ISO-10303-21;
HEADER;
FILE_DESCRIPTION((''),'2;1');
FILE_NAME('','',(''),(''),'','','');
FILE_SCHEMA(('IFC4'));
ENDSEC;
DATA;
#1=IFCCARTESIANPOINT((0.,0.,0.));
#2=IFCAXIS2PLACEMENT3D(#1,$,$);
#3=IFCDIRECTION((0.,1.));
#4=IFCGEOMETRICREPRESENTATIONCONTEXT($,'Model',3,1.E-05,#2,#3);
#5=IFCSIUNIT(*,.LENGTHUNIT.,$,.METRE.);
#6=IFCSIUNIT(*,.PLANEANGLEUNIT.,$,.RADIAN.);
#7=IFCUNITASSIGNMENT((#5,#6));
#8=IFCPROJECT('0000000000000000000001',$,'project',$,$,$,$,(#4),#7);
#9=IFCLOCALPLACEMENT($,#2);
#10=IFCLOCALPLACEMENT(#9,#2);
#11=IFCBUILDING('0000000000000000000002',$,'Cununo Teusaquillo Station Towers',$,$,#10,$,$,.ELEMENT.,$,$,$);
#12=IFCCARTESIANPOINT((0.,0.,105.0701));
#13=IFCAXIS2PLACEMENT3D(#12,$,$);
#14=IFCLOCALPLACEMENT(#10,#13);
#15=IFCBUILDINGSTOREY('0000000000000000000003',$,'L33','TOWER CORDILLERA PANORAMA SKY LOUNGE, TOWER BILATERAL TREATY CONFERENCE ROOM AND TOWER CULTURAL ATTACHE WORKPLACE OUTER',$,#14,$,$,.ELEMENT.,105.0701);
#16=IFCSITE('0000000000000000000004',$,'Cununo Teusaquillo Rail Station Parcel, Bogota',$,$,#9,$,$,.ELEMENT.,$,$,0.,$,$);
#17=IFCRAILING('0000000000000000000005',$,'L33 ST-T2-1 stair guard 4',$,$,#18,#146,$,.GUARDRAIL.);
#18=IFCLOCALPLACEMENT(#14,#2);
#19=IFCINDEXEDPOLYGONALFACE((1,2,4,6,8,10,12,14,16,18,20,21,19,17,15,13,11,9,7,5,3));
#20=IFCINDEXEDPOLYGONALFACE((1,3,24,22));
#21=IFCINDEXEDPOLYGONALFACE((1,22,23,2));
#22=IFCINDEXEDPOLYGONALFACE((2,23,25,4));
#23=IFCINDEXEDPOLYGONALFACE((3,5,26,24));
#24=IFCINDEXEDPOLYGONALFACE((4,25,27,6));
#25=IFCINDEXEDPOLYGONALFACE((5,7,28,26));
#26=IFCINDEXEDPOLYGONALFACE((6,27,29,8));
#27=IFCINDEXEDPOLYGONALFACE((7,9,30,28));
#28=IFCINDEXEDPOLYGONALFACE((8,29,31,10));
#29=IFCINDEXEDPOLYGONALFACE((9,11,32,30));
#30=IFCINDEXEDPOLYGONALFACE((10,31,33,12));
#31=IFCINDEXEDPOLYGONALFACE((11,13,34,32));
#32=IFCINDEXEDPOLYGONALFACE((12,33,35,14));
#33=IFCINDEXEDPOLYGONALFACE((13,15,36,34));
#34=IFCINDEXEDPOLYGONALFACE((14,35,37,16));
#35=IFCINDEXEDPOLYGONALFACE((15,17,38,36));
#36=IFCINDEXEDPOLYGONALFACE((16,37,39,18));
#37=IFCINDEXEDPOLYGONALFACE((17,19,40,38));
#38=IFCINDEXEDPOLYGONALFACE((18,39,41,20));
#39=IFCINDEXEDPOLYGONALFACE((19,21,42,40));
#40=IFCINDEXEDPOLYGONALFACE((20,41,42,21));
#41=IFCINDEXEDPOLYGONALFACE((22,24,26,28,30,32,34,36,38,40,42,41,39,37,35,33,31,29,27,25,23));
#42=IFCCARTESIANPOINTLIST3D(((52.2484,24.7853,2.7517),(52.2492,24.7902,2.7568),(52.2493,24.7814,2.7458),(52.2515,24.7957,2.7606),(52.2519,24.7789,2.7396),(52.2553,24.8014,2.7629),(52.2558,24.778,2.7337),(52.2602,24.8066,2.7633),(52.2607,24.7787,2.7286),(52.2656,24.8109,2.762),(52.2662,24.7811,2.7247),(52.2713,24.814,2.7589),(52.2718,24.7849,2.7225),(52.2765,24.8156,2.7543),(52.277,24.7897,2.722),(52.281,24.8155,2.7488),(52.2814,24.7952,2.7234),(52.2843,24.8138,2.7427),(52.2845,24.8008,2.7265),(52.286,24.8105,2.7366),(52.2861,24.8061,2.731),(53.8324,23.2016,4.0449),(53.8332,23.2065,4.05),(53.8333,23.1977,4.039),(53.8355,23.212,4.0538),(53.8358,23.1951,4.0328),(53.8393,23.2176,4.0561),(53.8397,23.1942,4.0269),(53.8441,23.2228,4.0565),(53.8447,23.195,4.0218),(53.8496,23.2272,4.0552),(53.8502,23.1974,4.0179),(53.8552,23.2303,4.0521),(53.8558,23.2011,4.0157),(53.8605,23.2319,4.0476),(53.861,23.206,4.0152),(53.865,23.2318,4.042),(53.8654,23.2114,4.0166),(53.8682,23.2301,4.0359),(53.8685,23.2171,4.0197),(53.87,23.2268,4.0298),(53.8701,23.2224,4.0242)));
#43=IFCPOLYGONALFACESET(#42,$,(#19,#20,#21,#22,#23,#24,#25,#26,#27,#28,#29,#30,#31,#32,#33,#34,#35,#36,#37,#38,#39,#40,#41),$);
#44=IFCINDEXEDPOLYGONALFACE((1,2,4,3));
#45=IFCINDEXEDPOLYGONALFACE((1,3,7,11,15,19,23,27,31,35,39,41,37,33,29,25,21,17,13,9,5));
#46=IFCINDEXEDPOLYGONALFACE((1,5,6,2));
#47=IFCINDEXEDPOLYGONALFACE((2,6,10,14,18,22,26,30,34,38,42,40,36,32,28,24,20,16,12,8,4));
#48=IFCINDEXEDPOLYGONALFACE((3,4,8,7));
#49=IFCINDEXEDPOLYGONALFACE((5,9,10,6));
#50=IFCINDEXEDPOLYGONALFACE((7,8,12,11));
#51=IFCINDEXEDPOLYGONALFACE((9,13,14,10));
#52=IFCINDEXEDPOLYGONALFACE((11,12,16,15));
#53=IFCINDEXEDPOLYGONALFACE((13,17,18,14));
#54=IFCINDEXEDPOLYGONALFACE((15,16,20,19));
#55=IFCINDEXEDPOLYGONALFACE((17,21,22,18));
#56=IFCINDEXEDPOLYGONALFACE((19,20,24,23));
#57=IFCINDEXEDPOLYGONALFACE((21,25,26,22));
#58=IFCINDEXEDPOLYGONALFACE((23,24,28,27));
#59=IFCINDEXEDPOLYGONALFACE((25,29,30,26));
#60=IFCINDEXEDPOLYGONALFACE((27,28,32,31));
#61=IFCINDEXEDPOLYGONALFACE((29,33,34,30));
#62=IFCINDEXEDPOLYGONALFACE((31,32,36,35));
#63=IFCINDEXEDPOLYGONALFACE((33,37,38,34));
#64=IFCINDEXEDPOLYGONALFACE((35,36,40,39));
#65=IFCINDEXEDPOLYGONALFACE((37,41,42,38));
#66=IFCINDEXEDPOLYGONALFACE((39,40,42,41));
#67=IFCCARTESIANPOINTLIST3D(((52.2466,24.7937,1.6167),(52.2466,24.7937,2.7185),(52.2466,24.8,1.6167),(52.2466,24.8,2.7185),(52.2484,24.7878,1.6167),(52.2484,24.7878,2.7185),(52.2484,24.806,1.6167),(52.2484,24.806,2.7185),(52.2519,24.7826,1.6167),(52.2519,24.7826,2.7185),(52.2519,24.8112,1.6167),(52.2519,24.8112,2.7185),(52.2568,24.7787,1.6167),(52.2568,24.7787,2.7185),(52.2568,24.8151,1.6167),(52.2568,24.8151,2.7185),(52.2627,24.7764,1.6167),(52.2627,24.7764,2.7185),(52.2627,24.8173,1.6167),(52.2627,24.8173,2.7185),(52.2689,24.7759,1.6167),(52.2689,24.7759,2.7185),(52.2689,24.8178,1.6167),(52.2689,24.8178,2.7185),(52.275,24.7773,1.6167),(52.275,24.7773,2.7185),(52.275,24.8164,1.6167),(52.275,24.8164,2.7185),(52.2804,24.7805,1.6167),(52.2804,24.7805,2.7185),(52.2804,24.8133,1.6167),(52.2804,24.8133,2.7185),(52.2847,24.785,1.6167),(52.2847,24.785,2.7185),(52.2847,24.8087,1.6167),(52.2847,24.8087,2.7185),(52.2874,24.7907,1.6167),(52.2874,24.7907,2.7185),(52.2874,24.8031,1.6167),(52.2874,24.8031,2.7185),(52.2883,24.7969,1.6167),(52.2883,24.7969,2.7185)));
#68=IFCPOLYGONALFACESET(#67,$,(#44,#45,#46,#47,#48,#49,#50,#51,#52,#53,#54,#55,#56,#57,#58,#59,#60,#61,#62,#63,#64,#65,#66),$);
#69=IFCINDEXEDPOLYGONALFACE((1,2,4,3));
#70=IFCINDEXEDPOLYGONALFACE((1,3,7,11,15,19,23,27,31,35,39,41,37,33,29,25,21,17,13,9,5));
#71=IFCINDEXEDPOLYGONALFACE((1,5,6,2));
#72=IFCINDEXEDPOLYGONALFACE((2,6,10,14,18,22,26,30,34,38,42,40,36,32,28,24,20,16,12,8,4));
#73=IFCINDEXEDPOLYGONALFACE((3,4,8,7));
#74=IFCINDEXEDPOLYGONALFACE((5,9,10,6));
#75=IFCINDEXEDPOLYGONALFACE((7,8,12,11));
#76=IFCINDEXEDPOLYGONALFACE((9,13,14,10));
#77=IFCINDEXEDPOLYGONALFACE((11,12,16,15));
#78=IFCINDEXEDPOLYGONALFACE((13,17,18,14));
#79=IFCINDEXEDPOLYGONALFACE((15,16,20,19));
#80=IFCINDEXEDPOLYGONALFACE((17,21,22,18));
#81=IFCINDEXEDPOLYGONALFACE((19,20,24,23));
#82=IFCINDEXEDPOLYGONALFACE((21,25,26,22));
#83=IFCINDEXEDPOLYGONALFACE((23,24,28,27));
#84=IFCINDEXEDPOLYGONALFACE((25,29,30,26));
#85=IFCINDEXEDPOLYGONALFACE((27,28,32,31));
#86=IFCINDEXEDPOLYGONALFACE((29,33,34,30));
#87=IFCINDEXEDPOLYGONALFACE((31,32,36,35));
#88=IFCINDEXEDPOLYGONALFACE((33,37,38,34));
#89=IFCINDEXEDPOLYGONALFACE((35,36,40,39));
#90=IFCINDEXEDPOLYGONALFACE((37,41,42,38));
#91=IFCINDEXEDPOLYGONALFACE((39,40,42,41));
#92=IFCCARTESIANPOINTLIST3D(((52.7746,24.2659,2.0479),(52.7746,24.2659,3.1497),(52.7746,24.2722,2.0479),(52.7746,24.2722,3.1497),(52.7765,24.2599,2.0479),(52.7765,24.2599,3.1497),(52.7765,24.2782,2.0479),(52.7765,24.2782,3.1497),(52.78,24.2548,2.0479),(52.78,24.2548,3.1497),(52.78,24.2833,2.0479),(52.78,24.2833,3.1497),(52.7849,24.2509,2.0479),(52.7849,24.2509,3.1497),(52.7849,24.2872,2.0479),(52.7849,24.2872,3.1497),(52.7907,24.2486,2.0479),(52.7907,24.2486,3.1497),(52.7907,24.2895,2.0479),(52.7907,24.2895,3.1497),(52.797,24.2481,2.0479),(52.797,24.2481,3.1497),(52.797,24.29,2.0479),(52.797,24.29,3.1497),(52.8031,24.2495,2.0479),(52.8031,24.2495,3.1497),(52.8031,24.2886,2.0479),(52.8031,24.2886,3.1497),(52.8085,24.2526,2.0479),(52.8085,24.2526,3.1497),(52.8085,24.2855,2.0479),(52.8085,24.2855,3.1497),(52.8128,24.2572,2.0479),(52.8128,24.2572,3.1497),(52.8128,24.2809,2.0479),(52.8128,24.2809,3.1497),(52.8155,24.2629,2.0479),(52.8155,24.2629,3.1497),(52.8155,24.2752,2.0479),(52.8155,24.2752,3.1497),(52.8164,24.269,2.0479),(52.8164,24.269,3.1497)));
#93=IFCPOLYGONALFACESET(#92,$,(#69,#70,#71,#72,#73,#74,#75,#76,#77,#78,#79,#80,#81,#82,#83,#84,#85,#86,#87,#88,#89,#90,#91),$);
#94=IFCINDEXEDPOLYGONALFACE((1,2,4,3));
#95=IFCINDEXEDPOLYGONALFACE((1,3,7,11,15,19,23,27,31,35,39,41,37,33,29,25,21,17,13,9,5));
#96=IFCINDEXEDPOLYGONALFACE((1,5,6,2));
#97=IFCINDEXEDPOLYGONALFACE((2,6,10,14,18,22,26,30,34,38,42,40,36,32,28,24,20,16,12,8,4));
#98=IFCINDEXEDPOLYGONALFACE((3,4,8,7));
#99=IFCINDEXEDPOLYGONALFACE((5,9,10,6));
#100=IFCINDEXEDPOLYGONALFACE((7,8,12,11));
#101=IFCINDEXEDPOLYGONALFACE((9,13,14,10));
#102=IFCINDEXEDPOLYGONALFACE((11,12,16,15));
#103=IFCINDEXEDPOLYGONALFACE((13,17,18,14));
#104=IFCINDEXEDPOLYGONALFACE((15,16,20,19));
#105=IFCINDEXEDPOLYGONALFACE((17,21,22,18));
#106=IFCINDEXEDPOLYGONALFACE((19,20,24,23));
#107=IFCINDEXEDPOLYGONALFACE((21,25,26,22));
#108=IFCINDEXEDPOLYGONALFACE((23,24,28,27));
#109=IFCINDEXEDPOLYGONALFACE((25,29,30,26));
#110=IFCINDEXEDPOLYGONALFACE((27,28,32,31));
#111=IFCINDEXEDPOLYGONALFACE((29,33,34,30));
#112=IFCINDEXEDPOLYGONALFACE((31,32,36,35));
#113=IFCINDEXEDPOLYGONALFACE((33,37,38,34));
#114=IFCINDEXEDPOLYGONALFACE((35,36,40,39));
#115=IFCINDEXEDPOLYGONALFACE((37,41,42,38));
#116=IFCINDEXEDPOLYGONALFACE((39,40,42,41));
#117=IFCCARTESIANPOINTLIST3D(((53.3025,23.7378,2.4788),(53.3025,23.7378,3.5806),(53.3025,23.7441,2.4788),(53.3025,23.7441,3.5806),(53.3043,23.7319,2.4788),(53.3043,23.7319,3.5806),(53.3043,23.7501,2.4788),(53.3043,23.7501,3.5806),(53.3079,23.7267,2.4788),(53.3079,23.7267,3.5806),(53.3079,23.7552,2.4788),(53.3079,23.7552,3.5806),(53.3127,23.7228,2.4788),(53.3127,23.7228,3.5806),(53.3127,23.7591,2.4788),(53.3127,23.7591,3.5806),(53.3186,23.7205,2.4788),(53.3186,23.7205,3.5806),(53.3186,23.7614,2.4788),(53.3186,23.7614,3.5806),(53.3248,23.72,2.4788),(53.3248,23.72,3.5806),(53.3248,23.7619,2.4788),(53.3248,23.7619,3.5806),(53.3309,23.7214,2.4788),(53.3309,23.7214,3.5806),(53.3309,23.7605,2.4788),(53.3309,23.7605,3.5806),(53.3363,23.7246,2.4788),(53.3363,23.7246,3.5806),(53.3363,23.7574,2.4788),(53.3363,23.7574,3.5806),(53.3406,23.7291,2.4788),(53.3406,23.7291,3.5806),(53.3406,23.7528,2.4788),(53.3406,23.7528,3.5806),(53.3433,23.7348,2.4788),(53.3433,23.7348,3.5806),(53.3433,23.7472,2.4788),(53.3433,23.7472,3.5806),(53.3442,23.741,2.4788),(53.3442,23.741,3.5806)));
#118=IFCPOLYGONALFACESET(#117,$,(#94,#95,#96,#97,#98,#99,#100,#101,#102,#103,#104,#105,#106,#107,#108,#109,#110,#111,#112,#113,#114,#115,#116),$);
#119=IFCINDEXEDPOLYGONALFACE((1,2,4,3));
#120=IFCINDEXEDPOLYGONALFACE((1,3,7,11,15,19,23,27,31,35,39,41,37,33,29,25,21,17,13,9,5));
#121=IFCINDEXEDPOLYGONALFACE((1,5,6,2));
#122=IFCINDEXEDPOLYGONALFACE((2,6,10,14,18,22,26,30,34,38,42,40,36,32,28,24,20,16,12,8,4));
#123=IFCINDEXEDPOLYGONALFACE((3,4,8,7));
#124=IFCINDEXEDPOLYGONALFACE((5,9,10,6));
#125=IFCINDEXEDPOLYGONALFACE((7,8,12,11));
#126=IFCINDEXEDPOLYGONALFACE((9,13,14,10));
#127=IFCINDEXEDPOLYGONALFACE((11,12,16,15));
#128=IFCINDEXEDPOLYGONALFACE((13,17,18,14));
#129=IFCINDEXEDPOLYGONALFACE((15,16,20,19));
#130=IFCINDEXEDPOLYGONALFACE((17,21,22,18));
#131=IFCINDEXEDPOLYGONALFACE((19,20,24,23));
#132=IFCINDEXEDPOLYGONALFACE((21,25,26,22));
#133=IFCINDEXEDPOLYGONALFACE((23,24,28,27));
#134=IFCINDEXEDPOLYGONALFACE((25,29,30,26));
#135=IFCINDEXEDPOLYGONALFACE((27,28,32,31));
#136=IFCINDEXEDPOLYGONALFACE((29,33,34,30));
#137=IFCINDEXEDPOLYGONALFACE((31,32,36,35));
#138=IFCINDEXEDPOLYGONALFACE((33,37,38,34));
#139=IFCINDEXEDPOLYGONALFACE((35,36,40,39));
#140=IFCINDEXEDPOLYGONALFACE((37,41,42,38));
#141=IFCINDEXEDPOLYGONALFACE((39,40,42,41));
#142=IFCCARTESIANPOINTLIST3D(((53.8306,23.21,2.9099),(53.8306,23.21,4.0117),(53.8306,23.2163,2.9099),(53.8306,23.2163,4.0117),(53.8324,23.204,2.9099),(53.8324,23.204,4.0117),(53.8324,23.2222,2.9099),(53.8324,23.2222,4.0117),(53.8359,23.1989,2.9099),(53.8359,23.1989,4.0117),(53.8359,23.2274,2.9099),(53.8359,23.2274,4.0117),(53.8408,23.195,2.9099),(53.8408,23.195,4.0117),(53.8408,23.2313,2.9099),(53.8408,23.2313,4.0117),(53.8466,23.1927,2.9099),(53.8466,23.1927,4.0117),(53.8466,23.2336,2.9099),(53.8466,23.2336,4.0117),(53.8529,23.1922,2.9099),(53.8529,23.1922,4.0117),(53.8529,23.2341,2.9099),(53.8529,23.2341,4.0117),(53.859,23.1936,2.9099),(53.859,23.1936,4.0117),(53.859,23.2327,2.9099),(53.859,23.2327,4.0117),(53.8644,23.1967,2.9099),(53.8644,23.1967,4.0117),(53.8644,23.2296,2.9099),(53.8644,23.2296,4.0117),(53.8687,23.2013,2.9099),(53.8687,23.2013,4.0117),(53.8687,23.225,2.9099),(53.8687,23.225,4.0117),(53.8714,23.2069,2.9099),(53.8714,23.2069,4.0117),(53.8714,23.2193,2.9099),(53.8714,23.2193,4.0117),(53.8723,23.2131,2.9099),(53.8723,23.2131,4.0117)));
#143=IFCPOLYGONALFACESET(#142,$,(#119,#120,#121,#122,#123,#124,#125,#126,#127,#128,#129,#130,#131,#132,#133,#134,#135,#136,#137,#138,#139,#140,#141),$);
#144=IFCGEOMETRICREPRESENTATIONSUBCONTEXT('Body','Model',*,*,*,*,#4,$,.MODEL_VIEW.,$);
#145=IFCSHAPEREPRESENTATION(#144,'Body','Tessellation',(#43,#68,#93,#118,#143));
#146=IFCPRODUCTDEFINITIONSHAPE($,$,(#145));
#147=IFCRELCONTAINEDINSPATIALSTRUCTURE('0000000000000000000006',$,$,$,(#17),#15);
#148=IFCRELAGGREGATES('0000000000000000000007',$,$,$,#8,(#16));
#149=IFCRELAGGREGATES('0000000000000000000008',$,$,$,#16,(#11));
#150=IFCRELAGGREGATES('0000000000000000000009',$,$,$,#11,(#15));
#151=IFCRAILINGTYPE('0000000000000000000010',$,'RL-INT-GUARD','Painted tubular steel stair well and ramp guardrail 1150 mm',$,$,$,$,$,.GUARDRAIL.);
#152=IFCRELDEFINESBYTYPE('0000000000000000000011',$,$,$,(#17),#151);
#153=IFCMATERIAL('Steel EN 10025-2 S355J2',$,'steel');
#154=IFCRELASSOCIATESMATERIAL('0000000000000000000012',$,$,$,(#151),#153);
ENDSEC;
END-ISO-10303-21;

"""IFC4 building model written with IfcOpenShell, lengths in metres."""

from ifc_helpers import new_model, si_unit, direction, frame, origin, origin_2d, place, context, subcontext, project, spatial, circle, extrude, material, type_object, element, save


model = new_model("IFC4")

# Units and contexts
model_context = context("Model", 3, precision=1e-05, world=origin(), true_north=direction((0.0, 1.0)))
body_context = subcontext(model_context, "Body", "Model", "MODEL_VIEW")
ifc_project = project(units=[si_unit("LENGTHUNIT", "METRE"), si_unit("PLANEANGLEUNIT", "RADIAN")], contexts=[model_context])

# Site, building, storey
site_placement = place(None, origin())
site = spatial("IfcSite", under=ifc_project, at=site_placement, Name="Cununo Teusaquillo Rail Station Parcel, Bogota", CompositionType="ELEMENT", RefElevation=0.0)
building_placement = place(site_placement, origin())
building = spatial("IfcBuilding", under=site, at=building_placement, Name="Cununo Teusaquillo Station Towers", CompositionType="ELEMENT")
storey_placement = place(building_placement, frame((0.0, 0.0, 105.0701)))
storey = spatial("IfcBuildingStorey", under=building, at=storey_placement, Name="L33", Description="TOWER CORDILLERA PANORAMA SKY LOUNGE, TOWER BILATERAL TREATY CONFERENCE ROOM AND TOWER CULTURAL ATTACHE WORKPLACE OUTER", CompositionType="ELEMENT", Elevation=105.0701)

# Railing
ifc_material_1 = material(Name="Steel EN 10025-2 S355J2", Category="steel")
railing_type_1 = type_object("IfcRailingType", Name="RL-INT-GUARD", Description="Painted tubular steel stair well and ramp guardrail 1150 mm", PredefinedType="GUARDRAIL", material=ifc_material_1)
railing_1_placement = place(storey_placement, frame((52.2673, 24.7969, 1.6167)))
element("IfcRailing", 1, at=railing_1_placement, inside=storey, type_object=railing_type_1, Name="L33 ST-T2-1 stair guard 4", PredefinedType="GUARDRAIL", context=body_context, shape_type="SweptSolid", body=[
    extrude(circle(Radius=0.0239, at=origin_2d()), frame((0.0, 0.0, 1.126), z_axis=(0.61242, -0.612326, 0.499998), x_axis=(0.707052, 0.707161, 0.0)), (0.0, 0.0, 1.0), 2.5864),
    extrude(circle(Radius=0.021, at=origin_2d()), origin(), (0.0, 0.0, 1.0), 1.1018),
    extrude(circle(Radius=0.021, at=origin_2d()), frame((0.5281, -0.5278, 0.4312)), (0.0, 0.0, 1.0), 1.1018),
    extrude(circle(Radius=0.021, at=origin_2d()), frame((1.0559, -1.0559, 0.8621)), (0.0, 0.0, 1.0), 1.1018),
    extrude(circle(Radius=0.021, at=origin_2d()), frame((1.584, -1.5837, 1.2932)), (0.0, 0.0, 1.0), 1.1018),
])

save(model, "model.ifc")
